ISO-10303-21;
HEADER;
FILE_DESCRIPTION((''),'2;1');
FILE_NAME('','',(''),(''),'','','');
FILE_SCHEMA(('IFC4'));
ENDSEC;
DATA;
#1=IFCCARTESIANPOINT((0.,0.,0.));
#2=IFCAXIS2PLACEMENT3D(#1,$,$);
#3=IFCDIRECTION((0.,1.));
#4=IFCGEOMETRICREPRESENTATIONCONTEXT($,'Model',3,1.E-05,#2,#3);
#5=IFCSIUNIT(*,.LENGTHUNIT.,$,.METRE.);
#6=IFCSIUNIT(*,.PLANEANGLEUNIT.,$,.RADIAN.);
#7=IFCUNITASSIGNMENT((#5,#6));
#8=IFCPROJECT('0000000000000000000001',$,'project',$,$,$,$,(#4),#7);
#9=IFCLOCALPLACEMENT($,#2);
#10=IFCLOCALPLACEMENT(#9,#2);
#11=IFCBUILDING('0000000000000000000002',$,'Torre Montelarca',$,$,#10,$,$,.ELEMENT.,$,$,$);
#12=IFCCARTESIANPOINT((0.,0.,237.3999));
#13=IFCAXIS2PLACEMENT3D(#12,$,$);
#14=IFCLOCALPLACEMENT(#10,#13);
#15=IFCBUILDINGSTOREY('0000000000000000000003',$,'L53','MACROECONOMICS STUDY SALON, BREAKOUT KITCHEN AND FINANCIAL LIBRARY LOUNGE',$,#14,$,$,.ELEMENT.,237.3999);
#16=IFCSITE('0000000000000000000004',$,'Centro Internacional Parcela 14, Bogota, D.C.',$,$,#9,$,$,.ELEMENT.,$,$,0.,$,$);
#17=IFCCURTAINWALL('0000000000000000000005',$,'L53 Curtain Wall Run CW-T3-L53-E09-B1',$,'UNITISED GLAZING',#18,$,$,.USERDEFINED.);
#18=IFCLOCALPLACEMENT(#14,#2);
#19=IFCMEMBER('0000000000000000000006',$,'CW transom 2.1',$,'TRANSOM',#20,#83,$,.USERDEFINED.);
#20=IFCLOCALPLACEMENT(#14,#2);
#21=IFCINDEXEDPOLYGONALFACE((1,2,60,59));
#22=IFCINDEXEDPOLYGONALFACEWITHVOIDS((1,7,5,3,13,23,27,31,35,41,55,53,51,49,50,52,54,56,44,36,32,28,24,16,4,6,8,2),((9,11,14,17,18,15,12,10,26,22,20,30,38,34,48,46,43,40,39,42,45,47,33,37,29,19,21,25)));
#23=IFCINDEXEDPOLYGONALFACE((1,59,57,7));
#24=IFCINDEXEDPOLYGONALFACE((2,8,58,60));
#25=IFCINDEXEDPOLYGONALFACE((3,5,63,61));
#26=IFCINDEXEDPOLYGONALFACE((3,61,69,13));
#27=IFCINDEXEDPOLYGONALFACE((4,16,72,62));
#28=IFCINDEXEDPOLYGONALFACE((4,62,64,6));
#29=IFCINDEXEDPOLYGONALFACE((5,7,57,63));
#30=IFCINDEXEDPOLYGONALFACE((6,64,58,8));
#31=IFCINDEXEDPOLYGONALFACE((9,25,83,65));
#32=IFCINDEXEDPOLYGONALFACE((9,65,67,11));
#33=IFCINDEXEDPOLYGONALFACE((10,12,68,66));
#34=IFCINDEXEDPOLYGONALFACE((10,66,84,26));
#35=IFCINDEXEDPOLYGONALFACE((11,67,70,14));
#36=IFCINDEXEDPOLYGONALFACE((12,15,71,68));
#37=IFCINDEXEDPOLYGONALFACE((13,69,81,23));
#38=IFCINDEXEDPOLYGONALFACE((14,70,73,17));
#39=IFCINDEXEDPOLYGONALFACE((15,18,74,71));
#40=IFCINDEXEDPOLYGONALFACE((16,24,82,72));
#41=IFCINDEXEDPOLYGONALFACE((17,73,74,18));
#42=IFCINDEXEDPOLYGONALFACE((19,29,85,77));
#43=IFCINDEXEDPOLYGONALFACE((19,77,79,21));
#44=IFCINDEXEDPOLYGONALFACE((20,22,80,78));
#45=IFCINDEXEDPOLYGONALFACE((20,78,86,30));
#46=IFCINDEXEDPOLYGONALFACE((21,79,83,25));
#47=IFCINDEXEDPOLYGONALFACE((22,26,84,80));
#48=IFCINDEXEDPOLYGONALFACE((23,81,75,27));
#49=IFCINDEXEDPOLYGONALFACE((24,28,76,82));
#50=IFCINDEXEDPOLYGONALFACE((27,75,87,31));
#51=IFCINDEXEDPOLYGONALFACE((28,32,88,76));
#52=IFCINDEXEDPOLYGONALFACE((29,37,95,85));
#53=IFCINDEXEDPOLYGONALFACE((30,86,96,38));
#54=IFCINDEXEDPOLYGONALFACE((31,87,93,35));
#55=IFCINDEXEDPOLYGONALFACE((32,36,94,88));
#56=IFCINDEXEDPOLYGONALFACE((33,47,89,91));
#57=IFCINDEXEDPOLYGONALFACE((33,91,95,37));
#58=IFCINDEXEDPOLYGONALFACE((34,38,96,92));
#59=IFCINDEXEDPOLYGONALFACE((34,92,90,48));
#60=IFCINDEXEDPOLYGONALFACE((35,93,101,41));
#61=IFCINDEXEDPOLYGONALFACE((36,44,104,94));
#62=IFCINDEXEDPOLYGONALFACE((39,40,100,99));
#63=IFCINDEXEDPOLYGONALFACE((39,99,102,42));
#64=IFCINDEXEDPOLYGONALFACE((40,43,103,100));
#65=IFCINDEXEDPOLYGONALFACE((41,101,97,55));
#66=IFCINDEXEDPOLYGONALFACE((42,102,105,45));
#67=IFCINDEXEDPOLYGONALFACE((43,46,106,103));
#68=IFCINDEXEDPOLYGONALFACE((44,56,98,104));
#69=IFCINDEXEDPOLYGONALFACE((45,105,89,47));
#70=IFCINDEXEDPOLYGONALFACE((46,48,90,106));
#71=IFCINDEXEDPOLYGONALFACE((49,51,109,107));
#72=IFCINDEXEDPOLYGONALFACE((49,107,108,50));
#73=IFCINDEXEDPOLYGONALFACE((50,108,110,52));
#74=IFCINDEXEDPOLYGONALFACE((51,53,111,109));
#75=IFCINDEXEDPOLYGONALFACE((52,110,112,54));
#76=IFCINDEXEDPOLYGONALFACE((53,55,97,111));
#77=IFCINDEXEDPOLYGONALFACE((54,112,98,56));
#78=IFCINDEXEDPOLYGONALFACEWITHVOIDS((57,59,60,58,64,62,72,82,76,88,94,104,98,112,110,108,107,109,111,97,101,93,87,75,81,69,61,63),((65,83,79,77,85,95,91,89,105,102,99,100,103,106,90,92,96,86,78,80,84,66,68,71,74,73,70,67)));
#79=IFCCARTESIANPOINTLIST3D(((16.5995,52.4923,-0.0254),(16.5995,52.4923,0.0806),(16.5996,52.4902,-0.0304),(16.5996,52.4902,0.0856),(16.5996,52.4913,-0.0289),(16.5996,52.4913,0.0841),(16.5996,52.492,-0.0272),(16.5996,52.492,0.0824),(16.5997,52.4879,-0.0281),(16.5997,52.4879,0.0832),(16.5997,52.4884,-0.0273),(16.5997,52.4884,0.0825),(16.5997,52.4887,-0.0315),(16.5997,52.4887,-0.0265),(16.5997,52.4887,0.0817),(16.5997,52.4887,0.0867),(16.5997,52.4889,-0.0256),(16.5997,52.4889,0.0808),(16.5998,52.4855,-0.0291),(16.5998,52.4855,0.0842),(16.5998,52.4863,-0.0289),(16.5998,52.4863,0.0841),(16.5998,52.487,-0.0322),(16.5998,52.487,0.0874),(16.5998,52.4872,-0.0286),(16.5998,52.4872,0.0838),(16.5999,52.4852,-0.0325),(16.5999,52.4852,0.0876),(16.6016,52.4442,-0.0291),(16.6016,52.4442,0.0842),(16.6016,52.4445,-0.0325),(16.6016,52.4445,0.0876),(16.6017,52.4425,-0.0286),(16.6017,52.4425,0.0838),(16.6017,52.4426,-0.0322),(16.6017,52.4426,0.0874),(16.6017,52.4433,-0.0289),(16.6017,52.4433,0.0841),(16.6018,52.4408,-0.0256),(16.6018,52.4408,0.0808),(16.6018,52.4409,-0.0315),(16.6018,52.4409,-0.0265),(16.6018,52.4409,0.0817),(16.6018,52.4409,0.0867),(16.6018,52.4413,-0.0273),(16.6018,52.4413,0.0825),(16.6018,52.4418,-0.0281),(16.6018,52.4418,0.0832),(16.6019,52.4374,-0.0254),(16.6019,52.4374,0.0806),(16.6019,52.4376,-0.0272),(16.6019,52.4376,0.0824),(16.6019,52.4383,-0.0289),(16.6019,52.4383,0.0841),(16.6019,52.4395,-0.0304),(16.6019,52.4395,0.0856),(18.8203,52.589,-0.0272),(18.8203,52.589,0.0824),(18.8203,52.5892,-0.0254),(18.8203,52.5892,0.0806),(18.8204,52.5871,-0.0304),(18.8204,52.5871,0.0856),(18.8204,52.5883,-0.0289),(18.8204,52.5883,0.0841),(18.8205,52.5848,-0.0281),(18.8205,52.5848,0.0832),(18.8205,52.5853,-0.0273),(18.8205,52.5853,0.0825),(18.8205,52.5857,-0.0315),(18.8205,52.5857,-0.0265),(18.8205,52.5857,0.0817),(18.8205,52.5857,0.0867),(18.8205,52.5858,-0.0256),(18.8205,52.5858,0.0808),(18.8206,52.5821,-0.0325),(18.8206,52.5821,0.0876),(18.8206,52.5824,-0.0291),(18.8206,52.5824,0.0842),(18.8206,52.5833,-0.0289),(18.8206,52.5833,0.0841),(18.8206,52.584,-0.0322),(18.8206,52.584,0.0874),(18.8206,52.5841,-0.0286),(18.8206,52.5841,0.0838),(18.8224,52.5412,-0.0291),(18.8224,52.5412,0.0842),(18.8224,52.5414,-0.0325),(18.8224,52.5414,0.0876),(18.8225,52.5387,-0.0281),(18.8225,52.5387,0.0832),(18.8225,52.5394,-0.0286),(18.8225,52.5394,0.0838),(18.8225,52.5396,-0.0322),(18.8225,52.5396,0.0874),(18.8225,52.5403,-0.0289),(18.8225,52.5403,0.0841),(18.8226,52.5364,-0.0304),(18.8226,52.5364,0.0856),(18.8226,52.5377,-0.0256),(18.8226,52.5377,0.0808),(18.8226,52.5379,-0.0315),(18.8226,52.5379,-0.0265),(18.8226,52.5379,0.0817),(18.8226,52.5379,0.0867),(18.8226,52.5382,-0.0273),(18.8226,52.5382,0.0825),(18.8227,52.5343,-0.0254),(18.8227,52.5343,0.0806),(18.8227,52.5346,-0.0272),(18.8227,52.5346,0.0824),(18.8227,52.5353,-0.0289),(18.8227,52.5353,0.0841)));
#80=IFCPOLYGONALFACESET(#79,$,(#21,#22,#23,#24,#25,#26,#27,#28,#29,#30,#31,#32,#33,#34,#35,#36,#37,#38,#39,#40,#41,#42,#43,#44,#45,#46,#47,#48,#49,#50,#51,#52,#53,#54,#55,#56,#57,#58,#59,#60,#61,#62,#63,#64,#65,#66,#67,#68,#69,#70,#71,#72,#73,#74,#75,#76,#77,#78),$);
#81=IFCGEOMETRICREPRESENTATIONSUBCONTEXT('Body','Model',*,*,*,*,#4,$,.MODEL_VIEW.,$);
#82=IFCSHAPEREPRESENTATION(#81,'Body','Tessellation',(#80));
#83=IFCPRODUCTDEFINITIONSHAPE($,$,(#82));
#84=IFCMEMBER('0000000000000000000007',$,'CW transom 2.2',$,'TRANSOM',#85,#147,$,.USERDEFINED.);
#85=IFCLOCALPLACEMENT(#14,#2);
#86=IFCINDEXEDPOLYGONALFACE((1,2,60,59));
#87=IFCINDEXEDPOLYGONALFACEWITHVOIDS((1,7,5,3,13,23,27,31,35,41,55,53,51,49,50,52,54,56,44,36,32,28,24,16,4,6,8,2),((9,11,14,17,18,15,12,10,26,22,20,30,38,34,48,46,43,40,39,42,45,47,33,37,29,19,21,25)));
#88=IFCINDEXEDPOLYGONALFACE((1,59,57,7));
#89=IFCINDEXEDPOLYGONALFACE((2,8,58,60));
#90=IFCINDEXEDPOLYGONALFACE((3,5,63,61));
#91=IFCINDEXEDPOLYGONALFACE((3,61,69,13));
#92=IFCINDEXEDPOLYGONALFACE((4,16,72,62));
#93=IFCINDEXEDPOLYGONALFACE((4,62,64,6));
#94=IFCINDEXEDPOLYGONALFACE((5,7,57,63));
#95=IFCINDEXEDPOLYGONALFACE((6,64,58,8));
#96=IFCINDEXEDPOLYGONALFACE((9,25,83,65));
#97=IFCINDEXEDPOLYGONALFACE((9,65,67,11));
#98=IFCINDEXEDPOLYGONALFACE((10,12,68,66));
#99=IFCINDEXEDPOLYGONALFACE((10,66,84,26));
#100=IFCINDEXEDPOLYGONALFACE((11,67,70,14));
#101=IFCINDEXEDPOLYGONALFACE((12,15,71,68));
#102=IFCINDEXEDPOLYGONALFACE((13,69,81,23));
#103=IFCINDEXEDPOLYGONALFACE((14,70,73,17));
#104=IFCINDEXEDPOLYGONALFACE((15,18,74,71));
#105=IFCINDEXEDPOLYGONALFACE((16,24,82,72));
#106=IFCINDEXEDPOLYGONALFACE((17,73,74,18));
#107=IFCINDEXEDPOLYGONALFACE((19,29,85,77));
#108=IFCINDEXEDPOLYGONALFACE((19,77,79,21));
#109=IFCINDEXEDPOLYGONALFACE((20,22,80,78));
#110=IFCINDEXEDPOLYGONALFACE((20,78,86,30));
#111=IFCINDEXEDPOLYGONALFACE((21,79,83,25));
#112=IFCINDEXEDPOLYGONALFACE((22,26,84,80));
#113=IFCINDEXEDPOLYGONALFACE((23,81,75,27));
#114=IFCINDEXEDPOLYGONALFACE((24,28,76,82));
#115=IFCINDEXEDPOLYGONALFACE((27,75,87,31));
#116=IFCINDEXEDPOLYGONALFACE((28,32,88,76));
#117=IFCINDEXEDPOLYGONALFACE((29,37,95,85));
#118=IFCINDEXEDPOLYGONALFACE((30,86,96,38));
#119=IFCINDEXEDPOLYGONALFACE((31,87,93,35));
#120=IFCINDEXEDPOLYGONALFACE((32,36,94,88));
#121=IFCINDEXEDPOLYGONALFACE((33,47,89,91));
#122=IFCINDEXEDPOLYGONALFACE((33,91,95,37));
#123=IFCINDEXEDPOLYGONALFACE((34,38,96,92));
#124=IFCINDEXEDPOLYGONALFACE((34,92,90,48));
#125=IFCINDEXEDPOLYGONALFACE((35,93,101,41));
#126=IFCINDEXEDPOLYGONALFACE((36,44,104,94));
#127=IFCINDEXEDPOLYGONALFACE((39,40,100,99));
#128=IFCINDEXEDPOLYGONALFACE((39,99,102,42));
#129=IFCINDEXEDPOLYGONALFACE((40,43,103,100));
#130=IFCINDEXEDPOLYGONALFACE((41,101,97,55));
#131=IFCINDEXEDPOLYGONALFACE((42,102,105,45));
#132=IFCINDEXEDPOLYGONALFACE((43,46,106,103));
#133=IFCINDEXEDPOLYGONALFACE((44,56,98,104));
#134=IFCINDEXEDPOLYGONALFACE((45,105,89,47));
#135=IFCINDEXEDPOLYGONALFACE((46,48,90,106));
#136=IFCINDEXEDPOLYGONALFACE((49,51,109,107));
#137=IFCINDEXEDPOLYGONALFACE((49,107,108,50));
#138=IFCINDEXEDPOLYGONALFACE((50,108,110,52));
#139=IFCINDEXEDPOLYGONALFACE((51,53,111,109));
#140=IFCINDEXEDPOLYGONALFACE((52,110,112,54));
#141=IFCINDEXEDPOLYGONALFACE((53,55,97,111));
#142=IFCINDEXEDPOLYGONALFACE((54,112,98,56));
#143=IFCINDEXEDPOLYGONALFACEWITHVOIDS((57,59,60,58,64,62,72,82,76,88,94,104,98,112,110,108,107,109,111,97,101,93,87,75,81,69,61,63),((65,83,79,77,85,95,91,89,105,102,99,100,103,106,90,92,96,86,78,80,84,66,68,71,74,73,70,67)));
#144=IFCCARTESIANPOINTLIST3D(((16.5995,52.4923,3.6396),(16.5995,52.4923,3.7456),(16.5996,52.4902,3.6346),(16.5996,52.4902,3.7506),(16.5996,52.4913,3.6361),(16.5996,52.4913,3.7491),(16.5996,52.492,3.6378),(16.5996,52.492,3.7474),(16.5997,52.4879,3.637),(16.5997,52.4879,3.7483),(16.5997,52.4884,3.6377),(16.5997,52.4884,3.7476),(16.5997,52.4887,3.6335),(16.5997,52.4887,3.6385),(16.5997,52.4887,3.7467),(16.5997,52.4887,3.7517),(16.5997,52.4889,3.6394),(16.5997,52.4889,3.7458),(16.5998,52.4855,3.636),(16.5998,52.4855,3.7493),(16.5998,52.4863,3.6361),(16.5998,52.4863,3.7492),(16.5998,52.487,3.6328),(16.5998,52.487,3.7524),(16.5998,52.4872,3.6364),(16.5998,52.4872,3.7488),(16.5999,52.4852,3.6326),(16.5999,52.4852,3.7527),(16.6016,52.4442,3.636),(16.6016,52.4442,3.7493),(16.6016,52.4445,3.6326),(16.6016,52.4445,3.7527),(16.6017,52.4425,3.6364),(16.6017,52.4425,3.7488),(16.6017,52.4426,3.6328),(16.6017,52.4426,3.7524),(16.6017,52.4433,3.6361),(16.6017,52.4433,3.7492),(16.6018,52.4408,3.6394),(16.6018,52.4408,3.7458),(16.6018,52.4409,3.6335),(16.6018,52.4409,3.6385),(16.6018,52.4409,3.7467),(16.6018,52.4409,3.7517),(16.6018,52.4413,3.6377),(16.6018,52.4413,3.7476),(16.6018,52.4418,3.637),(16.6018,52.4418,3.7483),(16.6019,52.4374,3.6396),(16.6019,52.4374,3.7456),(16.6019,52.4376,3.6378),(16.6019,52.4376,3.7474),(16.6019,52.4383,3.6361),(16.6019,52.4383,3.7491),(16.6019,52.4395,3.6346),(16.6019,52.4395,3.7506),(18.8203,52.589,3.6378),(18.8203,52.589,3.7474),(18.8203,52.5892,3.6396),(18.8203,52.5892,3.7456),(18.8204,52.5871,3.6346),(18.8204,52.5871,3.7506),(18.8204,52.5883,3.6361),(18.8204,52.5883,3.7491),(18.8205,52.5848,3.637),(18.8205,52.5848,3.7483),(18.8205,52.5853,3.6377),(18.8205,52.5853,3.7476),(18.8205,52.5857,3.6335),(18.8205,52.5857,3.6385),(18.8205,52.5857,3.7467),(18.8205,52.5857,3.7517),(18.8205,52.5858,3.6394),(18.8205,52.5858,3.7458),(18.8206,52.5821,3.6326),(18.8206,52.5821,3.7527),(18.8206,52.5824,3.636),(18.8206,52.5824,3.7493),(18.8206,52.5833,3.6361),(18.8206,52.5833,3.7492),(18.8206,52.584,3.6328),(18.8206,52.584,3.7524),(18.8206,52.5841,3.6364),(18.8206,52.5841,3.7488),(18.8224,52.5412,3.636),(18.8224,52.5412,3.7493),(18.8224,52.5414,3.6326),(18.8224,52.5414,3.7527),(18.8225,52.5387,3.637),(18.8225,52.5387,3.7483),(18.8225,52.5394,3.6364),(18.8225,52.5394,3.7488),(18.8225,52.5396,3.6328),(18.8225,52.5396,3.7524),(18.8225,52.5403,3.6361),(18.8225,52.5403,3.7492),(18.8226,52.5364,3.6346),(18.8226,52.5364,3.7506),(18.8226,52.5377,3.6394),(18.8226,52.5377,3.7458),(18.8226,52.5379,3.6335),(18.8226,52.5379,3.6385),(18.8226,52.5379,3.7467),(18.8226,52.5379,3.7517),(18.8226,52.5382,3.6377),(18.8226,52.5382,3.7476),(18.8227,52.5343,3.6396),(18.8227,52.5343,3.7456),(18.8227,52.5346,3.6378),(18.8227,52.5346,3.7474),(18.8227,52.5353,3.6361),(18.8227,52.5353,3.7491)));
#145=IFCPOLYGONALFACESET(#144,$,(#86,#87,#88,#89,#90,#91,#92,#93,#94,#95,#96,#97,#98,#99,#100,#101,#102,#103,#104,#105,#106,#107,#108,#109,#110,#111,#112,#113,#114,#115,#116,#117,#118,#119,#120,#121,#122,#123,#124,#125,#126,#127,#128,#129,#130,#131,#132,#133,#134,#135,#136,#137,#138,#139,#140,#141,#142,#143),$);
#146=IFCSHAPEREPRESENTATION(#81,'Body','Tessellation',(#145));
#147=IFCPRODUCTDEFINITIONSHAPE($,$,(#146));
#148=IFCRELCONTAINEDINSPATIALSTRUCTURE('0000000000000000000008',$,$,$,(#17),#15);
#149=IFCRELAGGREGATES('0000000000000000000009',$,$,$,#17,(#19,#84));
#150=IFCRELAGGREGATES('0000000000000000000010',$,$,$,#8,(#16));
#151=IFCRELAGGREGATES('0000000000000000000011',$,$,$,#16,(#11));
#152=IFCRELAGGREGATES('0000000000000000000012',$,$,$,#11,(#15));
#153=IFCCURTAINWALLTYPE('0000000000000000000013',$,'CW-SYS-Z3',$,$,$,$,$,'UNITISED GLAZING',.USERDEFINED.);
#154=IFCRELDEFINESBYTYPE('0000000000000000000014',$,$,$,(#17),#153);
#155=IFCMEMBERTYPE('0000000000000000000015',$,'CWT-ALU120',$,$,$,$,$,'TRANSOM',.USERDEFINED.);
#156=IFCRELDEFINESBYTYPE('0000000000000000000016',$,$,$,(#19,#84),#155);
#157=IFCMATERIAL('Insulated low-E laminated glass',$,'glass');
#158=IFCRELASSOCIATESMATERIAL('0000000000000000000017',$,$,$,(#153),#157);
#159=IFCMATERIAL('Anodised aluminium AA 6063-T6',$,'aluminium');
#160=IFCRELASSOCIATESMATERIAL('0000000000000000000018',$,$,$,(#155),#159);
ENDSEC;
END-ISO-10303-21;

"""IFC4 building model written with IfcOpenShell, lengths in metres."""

from ifc_helpers import new_model, si_unit, direction, frame, origin, origin_2d, place, context, subcontext, project, spatial, hollow_rectangle, extrude, source, transform, mapped, material, material_profile, profile_set, type_object, element, aggregate, save


model = new_model("IFC4")

# Units and contexts
model_context = context("Model", 3, precision=1e-05, world=origin(), true_north=direction((0.0, 1.0)))
body_context = subcontext(model_context, "Body", "Model", "MODEL_VIEW")
ifc_project = project(units=[si_unit("LENGTHUNIT", "METRE"), si_unit("PLANEANGLEUNIT", "RADIAN")], contexts=[model_context])

# Site, building, storey
site_placement = place(None, origin())
site = spatial("IfcSite", under=ifc_project, at=site_placement, Name="Centro Internacional Parcela 14, Bogota, D.C.", CompositionType="ELEMENT", RefElevation=0.0)
building_placement = place(site_placement, origin())
building = spatial("IfcBuilding", under=site, at=building_placement, Name="Torre Montelarca", CompositionType="ELEMENT")
storey_placement = place(building_placement, frame((0.0, 0.0, 237.3999)))
storey = spatial("IfcBuildingStorey", under=building, at=storey_placement, Name="L53", Description="MACROECONOMICS STUDY SALON, BREAKOUT KITCHEN AND FINANCIAL LIBRARY LOUNGE", CompositionType="ELEMENT", Elevation=237.3999)

# Curtain wall, members
ifc_material_1 = material(Name="Insulated low-E laminated glass", Category="glass")
curtain_wall_type = type_object("IfcCurtainWallType", Name="CW-SYS-Z3", ElementType="UNITISED GLAZING", PredefinedType="USERDEFINED", material=ifc_material_1)
curtain_wall_1_placement = place(storey_placement, origin())
curtain_wall_1 = element("IfcCurtainWall", 1, at=curtain_wall_1_placement, inside=storey, type_object=curtain_wall_type, Name="L53 Curtain Wall Run CW-T3-L53-E09-B1", ObjectType="UNITISED GLAZING", PredefinedType="USERDEFINED")
ifc_material_2 = material(Name="Anodised aluminium AA 6063-T6", Category="aluminium")
ifc_material_profile_1 = material_profile(ifc_material_2, hollow_rectangle(XDim=0.0549, YDim=0.1201, WallThickness=0.0034, InnerFilletRadius=0.0034, OuterFilletRadius=0.0071, at=origin_2d()), Name="ALU55X120X3.5", Category="aluminium")
ifc_profile_set_1 = profile_set([ifc_material_profile_1], Name="Anodised aluminium AA 6063-T6")
member_type_1 = type_object("IfcMemberType", Name="CWT-ALU120", ElementType="TRANSOM", PredefinedType="USERDEFINED", material=ifc_profile_set_1)
shared_shape_1 = source(origin(), body_context, "Body", "SweptSolid", [
    extrude(hollow_rectangle(XDim=0.0549, YDim=0.1201, WallThickness=0.0034, InnerFilletRadius=0.0034, OuterFilletRadius=0.0071, at=origin_2d()), origin(), (0.0, 0.0, 1.0), 2.2229),
])
member_1_placement = place(storey_placement, frame((18.8215, 52.5618, 0.0276), z_axis=(-0.999049, -0.043604, 0.0), x_axis=(0.043604, -0.999049, 0.0)))
member_1 = element("IfcMember", 2, at=member_1_placement, type_object=member_type_1, Name="CW transom 2.1", ObjectType="TRANSOM", PredefinedType="USERDEFINED", context=body_context, shape_type="MappedRepresentation", body=[
    mapped(shared_shape_1, transform((0.0, 0.0, 0.0), scale=1.0)),
])
member_2_placement = place(storey_placement, frame((18.8215, 52.5618, 3.6926), z_axis=(-0.999049, -0.043604, 0.0), x_axis=(0.043604, -0.999049, 0.0)))
member_2 = element("IfcMember", 3, at=member_2_placement, type_object=member_type_1, Name="CW transom 2.2", ObjectType="TRANSOM", PredefinedType="USERDEFINED", context=body_context, shape_type="MappedRepresentation", body=[
    mapped(shared_shape_1, transform((0.0, 0.0, 0.0), scale=1.0)),
])

aggregate(curtain_wall_1, [member_1, member_2])

save(model, "model.ifc")
